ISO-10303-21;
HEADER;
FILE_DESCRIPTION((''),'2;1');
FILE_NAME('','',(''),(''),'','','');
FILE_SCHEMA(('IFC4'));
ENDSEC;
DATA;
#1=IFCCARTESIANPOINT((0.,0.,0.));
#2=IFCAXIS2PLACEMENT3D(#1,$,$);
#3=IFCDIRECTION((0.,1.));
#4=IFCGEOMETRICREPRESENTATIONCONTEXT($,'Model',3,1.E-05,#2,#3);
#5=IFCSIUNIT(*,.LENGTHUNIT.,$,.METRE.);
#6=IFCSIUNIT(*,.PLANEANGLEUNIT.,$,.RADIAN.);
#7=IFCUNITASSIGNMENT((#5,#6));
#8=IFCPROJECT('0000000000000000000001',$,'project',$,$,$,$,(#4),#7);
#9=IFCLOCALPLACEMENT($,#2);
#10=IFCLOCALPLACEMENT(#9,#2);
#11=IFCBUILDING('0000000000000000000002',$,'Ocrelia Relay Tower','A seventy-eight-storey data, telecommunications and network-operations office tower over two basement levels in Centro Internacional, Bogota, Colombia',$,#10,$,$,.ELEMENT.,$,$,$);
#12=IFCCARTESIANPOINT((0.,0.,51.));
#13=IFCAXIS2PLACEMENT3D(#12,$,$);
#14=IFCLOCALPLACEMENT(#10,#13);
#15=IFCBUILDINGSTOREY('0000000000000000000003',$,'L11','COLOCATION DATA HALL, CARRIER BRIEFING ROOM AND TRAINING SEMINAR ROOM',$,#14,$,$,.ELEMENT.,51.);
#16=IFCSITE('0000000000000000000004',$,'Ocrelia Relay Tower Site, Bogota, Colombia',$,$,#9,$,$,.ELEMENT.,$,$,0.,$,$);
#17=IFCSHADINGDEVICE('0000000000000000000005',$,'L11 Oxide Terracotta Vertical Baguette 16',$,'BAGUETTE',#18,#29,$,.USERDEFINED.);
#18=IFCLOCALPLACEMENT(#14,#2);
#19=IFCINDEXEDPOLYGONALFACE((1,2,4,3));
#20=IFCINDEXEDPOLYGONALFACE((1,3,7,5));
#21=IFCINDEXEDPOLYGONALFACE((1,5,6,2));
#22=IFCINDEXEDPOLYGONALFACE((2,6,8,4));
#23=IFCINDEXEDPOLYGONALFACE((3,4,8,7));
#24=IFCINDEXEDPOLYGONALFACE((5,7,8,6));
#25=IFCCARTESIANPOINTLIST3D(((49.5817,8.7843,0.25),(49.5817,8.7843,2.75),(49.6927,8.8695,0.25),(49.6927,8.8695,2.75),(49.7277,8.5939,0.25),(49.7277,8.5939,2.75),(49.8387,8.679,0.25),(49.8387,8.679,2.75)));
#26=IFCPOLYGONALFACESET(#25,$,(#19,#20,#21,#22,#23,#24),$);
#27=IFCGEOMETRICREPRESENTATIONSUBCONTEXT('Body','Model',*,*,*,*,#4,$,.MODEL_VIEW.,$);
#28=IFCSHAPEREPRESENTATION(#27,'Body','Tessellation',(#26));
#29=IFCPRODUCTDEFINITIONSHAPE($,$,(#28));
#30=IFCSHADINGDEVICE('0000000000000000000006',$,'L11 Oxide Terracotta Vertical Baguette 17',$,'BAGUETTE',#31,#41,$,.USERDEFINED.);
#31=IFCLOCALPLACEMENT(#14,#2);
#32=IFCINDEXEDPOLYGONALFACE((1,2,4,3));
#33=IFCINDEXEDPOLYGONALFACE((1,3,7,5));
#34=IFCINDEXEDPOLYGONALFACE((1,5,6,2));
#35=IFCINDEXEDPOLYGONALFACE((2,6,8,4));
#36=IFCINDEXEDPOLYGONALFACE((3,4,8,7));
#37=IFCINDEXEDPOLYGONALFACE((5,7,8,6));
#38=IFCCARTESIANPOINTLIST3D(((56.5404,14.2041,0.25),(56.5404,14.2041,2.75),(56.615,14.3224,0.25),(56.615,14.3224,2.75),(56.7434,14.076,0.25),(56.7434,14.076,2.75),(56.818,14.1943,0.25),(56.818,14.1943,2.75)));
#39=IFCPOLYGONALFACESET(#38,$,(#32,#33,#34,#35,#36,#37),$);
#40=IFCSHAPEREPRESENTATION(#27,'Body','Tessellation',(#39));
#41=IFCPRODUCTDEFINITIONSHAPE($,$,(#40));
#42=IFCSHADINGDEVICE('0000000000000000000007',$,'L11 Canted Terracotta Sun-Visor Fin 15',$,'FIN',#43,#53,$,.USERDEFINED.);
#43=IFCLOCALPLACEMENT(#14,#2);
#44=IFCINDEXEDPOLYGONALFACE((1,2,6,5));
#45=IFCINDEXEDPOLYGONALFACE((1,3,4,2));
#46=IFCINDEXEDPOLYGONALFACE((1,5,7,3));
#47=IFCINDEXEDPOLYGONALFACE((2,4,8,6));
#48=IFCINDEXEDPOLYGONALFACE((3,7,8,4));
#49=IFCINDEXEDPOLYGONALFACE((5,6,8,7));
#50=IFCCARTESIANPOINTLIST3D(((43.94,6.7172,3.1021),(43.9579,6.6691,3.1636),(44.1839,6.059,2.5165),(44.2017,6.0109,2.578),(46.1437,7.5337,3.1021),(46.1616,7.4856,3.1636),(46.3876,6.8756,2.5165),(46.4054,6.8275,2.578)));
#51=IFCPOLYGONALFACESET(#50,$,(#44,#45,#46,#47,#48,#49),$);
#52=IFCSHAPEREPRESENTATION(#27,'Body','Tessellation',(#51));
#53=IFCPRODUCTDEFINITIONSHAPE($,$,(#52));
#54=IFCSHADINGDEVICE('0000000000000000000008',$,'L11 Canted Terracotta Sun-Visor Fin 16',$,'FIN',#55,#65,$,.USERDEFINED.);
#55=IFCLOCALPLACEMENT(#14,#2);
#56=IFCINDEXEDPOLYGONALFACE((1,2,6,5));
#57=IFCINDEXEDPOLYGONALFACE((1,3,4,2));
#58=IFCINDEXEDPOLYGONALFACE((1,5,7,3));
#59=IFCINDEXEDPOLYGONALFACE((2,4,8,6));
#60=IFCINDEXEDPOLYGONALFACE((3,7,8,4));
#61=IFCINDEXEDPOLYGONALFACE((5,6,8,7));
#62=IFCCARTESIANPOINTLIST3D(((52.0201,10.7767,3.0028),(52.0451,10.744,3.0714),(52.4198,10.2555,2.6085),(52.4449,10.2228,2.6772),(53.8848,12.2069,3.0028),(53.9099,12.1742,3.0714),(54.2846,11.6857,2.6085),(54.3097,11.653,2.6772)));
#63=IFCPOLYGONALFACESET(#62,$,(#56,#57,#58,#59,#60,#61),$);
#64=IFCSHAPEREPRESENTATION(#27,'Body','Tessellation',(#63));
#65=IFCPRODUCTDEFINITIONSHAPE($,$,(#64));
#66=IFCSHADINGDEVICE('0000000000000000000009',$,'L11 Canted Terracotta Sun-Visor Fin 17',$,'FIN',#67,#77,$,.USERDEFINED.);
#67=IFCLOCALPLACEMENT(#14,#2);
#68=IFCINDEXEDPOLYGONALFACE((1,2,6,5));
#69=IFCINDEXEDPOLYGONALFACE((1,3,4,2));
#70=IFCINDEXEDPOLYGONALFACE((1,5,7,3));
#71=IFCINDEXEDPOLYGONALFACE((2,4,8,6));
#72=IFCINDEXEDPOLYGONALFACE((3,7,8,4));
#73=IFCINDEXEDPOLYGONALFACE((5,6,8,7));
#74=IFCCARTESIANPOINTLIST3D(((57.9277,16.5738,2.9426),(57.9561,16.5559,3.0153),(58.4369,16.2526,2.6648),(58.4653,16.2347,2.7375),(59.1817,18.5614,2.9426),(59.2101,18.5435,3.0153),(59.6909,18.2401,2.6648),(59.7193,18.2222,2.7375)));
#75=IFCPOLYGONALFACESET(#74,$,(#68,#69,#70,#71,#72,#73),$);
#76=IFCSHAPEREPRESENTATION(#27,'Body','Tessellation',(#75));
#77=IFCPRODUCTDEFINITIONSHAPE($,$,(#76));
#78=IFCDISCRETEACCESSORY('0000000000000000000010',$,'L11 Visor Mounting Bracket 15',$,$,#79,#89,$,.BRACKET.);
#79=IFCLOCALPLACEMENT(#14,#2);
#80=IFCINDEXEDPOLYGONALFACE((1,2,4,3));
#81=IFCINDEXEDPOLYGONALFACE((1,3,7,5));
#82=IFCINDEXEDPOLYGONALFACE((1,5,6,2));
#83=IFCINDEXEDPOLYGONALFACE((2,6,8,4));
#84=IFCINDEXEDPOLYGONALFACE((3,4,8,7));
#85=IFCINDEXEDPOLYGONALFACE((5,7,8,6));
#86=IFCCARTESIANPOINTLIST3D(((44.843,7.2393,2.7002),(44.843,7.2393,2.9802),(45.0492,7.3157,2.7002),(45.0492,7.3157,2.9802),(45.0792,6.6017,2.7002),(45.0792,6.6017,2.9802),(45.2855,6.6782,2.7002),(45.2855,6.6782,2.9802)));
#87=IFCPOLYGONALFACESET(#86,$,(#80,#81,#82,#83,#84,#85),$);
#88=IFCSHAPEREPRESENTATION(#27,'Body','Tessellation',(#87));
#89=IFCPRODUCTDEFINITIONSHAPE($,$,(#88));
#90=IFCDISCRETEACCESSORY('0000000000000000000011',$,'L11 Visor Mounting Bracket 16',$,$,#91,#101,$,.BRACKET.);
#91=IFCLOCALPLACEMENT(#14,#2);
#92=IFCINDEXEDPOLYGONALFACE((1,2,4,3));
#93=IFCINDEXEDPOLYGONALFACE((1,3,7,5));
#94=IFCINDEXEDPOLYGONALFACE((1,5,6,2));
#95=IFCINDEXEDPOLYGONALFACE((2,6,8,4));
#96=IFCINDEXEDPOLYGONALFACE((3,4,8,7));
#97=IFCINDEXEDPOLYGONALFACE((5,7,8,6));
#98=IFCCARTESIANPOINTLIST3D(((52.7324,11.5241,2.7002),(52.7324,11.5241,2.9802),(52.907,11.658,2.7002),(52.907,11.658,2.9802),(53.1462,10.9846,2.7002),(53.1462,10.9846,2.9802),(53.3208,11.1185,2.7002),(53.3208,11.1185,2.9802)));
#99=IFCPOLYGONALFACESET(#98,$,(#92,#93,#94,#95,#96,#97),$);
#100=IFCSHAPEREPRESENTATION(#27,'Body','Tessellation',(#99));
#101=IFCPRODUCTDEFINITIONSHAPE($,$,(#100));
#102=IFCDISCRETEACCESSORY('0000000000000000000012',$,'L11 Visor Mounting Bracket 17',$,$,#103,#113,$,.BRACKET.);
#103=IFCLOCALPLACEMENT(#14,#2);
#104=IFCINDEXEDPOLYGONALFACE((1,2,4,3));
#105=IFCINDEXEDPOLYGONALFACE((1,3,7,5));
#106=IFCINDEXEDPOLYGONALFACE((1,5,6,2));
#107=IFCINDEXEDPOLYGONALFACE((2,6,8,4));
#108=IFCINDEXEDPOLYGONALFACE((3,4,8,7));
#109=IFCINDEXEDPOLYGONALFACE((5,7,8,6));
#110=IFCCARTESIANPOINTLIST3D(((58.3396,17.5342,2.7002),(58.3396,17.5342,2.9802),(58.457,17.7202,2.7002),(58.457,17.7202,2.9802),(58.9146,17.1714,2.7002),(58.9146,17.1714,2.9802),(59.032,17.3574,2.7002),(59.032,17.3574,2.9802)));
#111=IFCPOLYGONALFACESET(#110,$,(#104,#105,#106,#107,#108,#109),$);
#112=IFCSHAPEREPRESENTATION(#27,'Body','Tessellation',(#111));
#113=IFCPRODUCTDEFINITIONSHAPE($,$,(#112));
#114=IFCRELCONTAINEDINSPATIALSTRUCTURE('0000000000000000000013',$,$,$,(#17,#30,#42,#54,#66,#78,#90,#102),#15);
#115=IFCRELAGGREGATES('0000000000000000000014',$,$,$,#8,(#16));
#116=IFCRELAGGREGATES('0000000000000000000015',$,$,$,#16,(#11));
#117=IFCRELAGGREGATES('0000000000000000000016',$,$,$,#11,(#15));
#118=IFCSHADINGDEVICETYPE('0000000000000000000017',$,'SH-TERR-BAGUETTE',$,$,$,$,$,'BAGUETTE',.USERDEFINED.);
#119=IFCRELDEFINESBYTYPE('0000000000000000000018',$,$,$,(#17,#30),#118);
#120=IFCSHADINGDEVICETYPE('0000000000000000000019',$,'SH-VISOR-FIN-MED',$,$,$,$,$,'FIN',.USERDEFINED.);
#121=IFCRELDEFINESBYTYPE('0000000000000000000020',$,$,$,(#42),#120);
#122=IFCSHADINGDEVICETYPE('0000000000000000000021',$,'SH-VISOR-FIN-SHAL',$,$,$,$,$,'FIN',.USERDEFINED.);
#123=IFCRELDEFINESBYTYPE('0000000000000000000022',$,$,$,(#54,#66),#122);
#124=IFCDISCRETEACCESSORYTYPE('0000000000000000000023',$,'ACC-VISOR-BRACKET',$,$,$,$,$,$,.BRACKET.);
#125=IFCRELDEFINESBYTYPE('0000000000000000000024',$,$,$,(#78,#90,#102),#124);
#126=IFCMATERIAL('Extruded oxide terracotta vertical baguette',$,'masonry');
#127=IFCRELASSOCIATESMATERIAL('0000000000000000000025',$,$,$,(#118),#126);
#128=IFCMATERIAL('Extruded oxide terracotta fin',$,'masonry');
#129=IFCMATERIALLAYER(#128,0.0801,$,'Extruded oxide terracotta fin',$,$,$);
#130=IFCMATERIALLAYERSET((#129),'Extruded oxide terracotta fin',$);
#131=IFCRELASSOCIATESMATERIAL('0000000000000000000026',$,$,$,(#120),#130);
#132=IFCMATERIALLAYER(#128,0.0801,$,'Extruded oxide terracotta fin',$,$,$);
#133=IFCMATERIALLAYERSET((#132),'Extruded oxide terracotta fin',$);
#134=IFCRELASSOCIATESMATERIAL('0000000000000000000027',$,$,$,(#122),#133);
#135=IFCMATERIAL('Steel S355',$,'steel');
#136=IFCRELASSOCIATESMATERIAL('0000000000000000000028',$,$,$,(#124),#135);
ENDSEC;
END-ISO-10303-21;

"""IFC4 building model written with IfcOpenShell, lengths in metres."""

from ifc_helpers import new_model, si_unit, direction, frame, origin, origin_2d, place, context, subcontext, project, spatial, rectangle, extrude, material, layer, layer_set, type_object, element, save


model = new_model("IFC4")

# Units and contexts
model_context = context("Model", 3, precision=1e-05, world=origin(), true_north=direction((0.0, 1.0)))
body_context = subcontext(model_context, "Body", "Model", "MODEL_VIEW")
ifc_project = project(units=[si_unit("LENGTHUNIT", "METRE"), si_unit("PLANEANGLEUNIT", "RADIAN")], contexts=[model_context])

# Site, building, storey
site_placement = place(None, origin())
site = spatial("IfcSite", under=ifc_project, at=site_placement, Name="Ocrelia Relay Tower Site, Bogota, Colombia", CompositionType="ELEMENT", RefElevation=0.0)
building_placement = place(site_placement, origin())
building = spatial("IfcBuilding", under=site, at=building_placement, Name="Ocrelia Relay Tower", Description="A seventy-eight-storey data, telecommunications and network-operations office tower over two basement levels in Centro Internacional, Bogota, Colombia", CompositionType="ELEMENT")
storey_placement = place(building_placement, frame((0.0, 0.0, 51.0)))
storey = spatial("IfcBuildingStorey", under=building, at=storey_placement, Name="L11", Description="COLOCATION DATA HALL, CARRIER BRIEFING ROOM AND TRAINING SEMINAR ROOM", CompositionType="ELEMENT", Elevation=51.0)

# Shared definitions
ifc_material_1 = material(Name="Steel S355", Category="steel")

# Shading devices
ifc_material_2 = material(Name="Extruded oxide terracotta vertical baguette", Category="masonry")
shading_device_type_1 = type_object("IfcShadingDeviceType", Name="SH-TERR-BAGUETTE", ElementType="BAGUETTE", PredefinedType="USERDEFINED", material=ifc_material_2)
for number, where, z_axis, x_axis, name in (
    (1, (49.7102, 8.7317, 0.25), (0.0, 0.0, 1.0), (0.793489, 0.608585, 0.0), "L11 Oxide Terracotta Vertical Baguette 16"),
    (2, (56.6792, 14.1992, 0.25), (0.0, 0.0, 1.0), (0.533601, 0.845736, 0.0), "L11 Oxide Terracotta Vertical Baguette 17"),
):
    element("IfcShadingDevice", number, at=place(storey_placement, frame(where, z_axis=z_axis, x_axis=x_axis)), inside=storey, type_object=shading_device_type_1, Name=name, ObjectType="BAGUETTE", PredefinedType="USERDEFINED", context=body_context, shape_type="SweptSolid", body=[
        extrude(rectangle(XDim=0.1399, YDim=0.24, at=origin_2d()), origin(), (0.0, 0.0, 1.0), 2.5),
    ])
ifc_material_3 = material(Name="Extruded oxide terracotta fin", Category="masonry")
ifc_layer_1 = layer(ifc_material_3, 0.0801, Name="Extruded oxide terracotta fin")
ifc_layer_set_1 = layer_set([ifc_layer_1], Name="Extruded oxide terracotta fin")
shading_device_type_2 = type_object("IfcShadingDeviceType", Name="SH-VISOR-FIN-MED", ElementType="FIN", PredefinedType="USERDEFINED", material=ifc_layer_set_1)
shading_device_1_placement = place(storey_placement, frame((45.1638, 6.7964, 2.8093), z_axis=(0.222597, -0.600731, 0.767836), x_axis=(0.937696, 0.347457, 0.0)))
element("IfcShadingDevice", 3, at=shading_device_1_placement, inside=storey, type_object=shading_device_type_2, Name="L11 Canted Terracotta Sun-Visor Fin 15", ObjectType="FIN", PredefinedType="USERDEFINED", context=body_context, shape_type="SweptSolid", body=[
    extrude(rectangle(XDim=2.3501, YDim=0.9141, at=origin_2d()), origin(), (0.0, 0.0, 1.0), 0.0801),
])
ifc_layer_2 = layer(ifc_material_3, 0.0801, Name="Extruded oxide terracotta fin")
ifc_layer_set_2 = layer_set([ifc_layer_2], Name="Extruded oxide terracotta fin")
shading_device_type_3 = type_object("IfcShadingDeviceType", Name="SH-VISOR-FIN-SHAL", ElementType="FIN", PredefinedType="USERDEFINED", material=ifc_layer_set_2)
shading_device_2_placement = place(storey_placement, frame((53.1523, 11.2312, 2.8057), z_axis=(0.313171, -0.408321, 0.857437), x_axis=(0.793489, 0.608585, 0.0)))
element("IfcShadingDevice", 4, at=shading_device_2_placement, inside=storey, type_object=shading_device_type_3, Name="L11 Canted Terracotta Sun-Visor Fin 16", ObjectType="FIN", PredefinedType="USERDEFINED", context=body_context, shape_type="SweptSolid", body=[
    extrude(rectangle(XDim=2.3501, YDim=0.7661, at=origin_2d()), origin(), (0.0, 0.0, 1.0), 0.0801),
])
shading_device_3_placement = place(storey_placement, frame((58.8093, 17.407, 2.8037), z_axis=(0.354344, -0.223567, 0.907997), x_axis=(0.533601, 0.845736, 0.0)))
element("IfcShadingDevice", 5, at=shading_device_3_placement, inside=storey, type_object=shading_device_type_3, Name="L11 Canted Terracotta Sun-Visor Fin 17", ObjectType="FIN", PredefinedType="USERDEFINED", context=body_context, shape_type="SweptSolid", body=[
    extrude(rectangle(XDim=2.3501, YDim=0.6631, at=origin_2d()), origin(), (0.0, 0.0, 1.0), 0.0801),
])

# Discrete accessories
discrete_accessory_type = type_object("IfcDiscreteAccessoryType", Name="ACC-VISOR-BRACKET", PredefinedType="BRACKET", material=ifc_material_1)
for number, where, z_axis, x_axis, name in (
    (6, (45.0642, 6.9587, 2.7002), (0.0, 0.0, 1.0), (0.937696, 0.347457, 0.0), "L11 Visor Mounting Bracket 15"),
    (7, (53.0266, 11.3213, 2.7002), (0.0, 0.0, 1.0), (0.793489, 0.608585, 0.0), "L11 Visor Mounting Bracket 16"),
    (8, (58.6858, 17.4458, 2.7002), (0.0, 0.0, 1.0), (0.533601, 0.845736, 0.0), "L11 Visor Mounting Bracket 17"),
):
    element("IfcDiscreteAccessory", number, at=place(storey_placement, frame(where, z_axis=z_axis, x_axis=x_axis)), inside=storey, type_object=discrete_accessory_type, Name=name, PredefinedType="BRACKET", context=body_context, shape_type="SweptSolid", body=[
        extrude(rectangle(XDim=0.22, YDim=0.6799, at=origin_2d()), origin(), (0.0, 0.0, 1.0), 0.28),
    ])

save(model, "model.ifc")
